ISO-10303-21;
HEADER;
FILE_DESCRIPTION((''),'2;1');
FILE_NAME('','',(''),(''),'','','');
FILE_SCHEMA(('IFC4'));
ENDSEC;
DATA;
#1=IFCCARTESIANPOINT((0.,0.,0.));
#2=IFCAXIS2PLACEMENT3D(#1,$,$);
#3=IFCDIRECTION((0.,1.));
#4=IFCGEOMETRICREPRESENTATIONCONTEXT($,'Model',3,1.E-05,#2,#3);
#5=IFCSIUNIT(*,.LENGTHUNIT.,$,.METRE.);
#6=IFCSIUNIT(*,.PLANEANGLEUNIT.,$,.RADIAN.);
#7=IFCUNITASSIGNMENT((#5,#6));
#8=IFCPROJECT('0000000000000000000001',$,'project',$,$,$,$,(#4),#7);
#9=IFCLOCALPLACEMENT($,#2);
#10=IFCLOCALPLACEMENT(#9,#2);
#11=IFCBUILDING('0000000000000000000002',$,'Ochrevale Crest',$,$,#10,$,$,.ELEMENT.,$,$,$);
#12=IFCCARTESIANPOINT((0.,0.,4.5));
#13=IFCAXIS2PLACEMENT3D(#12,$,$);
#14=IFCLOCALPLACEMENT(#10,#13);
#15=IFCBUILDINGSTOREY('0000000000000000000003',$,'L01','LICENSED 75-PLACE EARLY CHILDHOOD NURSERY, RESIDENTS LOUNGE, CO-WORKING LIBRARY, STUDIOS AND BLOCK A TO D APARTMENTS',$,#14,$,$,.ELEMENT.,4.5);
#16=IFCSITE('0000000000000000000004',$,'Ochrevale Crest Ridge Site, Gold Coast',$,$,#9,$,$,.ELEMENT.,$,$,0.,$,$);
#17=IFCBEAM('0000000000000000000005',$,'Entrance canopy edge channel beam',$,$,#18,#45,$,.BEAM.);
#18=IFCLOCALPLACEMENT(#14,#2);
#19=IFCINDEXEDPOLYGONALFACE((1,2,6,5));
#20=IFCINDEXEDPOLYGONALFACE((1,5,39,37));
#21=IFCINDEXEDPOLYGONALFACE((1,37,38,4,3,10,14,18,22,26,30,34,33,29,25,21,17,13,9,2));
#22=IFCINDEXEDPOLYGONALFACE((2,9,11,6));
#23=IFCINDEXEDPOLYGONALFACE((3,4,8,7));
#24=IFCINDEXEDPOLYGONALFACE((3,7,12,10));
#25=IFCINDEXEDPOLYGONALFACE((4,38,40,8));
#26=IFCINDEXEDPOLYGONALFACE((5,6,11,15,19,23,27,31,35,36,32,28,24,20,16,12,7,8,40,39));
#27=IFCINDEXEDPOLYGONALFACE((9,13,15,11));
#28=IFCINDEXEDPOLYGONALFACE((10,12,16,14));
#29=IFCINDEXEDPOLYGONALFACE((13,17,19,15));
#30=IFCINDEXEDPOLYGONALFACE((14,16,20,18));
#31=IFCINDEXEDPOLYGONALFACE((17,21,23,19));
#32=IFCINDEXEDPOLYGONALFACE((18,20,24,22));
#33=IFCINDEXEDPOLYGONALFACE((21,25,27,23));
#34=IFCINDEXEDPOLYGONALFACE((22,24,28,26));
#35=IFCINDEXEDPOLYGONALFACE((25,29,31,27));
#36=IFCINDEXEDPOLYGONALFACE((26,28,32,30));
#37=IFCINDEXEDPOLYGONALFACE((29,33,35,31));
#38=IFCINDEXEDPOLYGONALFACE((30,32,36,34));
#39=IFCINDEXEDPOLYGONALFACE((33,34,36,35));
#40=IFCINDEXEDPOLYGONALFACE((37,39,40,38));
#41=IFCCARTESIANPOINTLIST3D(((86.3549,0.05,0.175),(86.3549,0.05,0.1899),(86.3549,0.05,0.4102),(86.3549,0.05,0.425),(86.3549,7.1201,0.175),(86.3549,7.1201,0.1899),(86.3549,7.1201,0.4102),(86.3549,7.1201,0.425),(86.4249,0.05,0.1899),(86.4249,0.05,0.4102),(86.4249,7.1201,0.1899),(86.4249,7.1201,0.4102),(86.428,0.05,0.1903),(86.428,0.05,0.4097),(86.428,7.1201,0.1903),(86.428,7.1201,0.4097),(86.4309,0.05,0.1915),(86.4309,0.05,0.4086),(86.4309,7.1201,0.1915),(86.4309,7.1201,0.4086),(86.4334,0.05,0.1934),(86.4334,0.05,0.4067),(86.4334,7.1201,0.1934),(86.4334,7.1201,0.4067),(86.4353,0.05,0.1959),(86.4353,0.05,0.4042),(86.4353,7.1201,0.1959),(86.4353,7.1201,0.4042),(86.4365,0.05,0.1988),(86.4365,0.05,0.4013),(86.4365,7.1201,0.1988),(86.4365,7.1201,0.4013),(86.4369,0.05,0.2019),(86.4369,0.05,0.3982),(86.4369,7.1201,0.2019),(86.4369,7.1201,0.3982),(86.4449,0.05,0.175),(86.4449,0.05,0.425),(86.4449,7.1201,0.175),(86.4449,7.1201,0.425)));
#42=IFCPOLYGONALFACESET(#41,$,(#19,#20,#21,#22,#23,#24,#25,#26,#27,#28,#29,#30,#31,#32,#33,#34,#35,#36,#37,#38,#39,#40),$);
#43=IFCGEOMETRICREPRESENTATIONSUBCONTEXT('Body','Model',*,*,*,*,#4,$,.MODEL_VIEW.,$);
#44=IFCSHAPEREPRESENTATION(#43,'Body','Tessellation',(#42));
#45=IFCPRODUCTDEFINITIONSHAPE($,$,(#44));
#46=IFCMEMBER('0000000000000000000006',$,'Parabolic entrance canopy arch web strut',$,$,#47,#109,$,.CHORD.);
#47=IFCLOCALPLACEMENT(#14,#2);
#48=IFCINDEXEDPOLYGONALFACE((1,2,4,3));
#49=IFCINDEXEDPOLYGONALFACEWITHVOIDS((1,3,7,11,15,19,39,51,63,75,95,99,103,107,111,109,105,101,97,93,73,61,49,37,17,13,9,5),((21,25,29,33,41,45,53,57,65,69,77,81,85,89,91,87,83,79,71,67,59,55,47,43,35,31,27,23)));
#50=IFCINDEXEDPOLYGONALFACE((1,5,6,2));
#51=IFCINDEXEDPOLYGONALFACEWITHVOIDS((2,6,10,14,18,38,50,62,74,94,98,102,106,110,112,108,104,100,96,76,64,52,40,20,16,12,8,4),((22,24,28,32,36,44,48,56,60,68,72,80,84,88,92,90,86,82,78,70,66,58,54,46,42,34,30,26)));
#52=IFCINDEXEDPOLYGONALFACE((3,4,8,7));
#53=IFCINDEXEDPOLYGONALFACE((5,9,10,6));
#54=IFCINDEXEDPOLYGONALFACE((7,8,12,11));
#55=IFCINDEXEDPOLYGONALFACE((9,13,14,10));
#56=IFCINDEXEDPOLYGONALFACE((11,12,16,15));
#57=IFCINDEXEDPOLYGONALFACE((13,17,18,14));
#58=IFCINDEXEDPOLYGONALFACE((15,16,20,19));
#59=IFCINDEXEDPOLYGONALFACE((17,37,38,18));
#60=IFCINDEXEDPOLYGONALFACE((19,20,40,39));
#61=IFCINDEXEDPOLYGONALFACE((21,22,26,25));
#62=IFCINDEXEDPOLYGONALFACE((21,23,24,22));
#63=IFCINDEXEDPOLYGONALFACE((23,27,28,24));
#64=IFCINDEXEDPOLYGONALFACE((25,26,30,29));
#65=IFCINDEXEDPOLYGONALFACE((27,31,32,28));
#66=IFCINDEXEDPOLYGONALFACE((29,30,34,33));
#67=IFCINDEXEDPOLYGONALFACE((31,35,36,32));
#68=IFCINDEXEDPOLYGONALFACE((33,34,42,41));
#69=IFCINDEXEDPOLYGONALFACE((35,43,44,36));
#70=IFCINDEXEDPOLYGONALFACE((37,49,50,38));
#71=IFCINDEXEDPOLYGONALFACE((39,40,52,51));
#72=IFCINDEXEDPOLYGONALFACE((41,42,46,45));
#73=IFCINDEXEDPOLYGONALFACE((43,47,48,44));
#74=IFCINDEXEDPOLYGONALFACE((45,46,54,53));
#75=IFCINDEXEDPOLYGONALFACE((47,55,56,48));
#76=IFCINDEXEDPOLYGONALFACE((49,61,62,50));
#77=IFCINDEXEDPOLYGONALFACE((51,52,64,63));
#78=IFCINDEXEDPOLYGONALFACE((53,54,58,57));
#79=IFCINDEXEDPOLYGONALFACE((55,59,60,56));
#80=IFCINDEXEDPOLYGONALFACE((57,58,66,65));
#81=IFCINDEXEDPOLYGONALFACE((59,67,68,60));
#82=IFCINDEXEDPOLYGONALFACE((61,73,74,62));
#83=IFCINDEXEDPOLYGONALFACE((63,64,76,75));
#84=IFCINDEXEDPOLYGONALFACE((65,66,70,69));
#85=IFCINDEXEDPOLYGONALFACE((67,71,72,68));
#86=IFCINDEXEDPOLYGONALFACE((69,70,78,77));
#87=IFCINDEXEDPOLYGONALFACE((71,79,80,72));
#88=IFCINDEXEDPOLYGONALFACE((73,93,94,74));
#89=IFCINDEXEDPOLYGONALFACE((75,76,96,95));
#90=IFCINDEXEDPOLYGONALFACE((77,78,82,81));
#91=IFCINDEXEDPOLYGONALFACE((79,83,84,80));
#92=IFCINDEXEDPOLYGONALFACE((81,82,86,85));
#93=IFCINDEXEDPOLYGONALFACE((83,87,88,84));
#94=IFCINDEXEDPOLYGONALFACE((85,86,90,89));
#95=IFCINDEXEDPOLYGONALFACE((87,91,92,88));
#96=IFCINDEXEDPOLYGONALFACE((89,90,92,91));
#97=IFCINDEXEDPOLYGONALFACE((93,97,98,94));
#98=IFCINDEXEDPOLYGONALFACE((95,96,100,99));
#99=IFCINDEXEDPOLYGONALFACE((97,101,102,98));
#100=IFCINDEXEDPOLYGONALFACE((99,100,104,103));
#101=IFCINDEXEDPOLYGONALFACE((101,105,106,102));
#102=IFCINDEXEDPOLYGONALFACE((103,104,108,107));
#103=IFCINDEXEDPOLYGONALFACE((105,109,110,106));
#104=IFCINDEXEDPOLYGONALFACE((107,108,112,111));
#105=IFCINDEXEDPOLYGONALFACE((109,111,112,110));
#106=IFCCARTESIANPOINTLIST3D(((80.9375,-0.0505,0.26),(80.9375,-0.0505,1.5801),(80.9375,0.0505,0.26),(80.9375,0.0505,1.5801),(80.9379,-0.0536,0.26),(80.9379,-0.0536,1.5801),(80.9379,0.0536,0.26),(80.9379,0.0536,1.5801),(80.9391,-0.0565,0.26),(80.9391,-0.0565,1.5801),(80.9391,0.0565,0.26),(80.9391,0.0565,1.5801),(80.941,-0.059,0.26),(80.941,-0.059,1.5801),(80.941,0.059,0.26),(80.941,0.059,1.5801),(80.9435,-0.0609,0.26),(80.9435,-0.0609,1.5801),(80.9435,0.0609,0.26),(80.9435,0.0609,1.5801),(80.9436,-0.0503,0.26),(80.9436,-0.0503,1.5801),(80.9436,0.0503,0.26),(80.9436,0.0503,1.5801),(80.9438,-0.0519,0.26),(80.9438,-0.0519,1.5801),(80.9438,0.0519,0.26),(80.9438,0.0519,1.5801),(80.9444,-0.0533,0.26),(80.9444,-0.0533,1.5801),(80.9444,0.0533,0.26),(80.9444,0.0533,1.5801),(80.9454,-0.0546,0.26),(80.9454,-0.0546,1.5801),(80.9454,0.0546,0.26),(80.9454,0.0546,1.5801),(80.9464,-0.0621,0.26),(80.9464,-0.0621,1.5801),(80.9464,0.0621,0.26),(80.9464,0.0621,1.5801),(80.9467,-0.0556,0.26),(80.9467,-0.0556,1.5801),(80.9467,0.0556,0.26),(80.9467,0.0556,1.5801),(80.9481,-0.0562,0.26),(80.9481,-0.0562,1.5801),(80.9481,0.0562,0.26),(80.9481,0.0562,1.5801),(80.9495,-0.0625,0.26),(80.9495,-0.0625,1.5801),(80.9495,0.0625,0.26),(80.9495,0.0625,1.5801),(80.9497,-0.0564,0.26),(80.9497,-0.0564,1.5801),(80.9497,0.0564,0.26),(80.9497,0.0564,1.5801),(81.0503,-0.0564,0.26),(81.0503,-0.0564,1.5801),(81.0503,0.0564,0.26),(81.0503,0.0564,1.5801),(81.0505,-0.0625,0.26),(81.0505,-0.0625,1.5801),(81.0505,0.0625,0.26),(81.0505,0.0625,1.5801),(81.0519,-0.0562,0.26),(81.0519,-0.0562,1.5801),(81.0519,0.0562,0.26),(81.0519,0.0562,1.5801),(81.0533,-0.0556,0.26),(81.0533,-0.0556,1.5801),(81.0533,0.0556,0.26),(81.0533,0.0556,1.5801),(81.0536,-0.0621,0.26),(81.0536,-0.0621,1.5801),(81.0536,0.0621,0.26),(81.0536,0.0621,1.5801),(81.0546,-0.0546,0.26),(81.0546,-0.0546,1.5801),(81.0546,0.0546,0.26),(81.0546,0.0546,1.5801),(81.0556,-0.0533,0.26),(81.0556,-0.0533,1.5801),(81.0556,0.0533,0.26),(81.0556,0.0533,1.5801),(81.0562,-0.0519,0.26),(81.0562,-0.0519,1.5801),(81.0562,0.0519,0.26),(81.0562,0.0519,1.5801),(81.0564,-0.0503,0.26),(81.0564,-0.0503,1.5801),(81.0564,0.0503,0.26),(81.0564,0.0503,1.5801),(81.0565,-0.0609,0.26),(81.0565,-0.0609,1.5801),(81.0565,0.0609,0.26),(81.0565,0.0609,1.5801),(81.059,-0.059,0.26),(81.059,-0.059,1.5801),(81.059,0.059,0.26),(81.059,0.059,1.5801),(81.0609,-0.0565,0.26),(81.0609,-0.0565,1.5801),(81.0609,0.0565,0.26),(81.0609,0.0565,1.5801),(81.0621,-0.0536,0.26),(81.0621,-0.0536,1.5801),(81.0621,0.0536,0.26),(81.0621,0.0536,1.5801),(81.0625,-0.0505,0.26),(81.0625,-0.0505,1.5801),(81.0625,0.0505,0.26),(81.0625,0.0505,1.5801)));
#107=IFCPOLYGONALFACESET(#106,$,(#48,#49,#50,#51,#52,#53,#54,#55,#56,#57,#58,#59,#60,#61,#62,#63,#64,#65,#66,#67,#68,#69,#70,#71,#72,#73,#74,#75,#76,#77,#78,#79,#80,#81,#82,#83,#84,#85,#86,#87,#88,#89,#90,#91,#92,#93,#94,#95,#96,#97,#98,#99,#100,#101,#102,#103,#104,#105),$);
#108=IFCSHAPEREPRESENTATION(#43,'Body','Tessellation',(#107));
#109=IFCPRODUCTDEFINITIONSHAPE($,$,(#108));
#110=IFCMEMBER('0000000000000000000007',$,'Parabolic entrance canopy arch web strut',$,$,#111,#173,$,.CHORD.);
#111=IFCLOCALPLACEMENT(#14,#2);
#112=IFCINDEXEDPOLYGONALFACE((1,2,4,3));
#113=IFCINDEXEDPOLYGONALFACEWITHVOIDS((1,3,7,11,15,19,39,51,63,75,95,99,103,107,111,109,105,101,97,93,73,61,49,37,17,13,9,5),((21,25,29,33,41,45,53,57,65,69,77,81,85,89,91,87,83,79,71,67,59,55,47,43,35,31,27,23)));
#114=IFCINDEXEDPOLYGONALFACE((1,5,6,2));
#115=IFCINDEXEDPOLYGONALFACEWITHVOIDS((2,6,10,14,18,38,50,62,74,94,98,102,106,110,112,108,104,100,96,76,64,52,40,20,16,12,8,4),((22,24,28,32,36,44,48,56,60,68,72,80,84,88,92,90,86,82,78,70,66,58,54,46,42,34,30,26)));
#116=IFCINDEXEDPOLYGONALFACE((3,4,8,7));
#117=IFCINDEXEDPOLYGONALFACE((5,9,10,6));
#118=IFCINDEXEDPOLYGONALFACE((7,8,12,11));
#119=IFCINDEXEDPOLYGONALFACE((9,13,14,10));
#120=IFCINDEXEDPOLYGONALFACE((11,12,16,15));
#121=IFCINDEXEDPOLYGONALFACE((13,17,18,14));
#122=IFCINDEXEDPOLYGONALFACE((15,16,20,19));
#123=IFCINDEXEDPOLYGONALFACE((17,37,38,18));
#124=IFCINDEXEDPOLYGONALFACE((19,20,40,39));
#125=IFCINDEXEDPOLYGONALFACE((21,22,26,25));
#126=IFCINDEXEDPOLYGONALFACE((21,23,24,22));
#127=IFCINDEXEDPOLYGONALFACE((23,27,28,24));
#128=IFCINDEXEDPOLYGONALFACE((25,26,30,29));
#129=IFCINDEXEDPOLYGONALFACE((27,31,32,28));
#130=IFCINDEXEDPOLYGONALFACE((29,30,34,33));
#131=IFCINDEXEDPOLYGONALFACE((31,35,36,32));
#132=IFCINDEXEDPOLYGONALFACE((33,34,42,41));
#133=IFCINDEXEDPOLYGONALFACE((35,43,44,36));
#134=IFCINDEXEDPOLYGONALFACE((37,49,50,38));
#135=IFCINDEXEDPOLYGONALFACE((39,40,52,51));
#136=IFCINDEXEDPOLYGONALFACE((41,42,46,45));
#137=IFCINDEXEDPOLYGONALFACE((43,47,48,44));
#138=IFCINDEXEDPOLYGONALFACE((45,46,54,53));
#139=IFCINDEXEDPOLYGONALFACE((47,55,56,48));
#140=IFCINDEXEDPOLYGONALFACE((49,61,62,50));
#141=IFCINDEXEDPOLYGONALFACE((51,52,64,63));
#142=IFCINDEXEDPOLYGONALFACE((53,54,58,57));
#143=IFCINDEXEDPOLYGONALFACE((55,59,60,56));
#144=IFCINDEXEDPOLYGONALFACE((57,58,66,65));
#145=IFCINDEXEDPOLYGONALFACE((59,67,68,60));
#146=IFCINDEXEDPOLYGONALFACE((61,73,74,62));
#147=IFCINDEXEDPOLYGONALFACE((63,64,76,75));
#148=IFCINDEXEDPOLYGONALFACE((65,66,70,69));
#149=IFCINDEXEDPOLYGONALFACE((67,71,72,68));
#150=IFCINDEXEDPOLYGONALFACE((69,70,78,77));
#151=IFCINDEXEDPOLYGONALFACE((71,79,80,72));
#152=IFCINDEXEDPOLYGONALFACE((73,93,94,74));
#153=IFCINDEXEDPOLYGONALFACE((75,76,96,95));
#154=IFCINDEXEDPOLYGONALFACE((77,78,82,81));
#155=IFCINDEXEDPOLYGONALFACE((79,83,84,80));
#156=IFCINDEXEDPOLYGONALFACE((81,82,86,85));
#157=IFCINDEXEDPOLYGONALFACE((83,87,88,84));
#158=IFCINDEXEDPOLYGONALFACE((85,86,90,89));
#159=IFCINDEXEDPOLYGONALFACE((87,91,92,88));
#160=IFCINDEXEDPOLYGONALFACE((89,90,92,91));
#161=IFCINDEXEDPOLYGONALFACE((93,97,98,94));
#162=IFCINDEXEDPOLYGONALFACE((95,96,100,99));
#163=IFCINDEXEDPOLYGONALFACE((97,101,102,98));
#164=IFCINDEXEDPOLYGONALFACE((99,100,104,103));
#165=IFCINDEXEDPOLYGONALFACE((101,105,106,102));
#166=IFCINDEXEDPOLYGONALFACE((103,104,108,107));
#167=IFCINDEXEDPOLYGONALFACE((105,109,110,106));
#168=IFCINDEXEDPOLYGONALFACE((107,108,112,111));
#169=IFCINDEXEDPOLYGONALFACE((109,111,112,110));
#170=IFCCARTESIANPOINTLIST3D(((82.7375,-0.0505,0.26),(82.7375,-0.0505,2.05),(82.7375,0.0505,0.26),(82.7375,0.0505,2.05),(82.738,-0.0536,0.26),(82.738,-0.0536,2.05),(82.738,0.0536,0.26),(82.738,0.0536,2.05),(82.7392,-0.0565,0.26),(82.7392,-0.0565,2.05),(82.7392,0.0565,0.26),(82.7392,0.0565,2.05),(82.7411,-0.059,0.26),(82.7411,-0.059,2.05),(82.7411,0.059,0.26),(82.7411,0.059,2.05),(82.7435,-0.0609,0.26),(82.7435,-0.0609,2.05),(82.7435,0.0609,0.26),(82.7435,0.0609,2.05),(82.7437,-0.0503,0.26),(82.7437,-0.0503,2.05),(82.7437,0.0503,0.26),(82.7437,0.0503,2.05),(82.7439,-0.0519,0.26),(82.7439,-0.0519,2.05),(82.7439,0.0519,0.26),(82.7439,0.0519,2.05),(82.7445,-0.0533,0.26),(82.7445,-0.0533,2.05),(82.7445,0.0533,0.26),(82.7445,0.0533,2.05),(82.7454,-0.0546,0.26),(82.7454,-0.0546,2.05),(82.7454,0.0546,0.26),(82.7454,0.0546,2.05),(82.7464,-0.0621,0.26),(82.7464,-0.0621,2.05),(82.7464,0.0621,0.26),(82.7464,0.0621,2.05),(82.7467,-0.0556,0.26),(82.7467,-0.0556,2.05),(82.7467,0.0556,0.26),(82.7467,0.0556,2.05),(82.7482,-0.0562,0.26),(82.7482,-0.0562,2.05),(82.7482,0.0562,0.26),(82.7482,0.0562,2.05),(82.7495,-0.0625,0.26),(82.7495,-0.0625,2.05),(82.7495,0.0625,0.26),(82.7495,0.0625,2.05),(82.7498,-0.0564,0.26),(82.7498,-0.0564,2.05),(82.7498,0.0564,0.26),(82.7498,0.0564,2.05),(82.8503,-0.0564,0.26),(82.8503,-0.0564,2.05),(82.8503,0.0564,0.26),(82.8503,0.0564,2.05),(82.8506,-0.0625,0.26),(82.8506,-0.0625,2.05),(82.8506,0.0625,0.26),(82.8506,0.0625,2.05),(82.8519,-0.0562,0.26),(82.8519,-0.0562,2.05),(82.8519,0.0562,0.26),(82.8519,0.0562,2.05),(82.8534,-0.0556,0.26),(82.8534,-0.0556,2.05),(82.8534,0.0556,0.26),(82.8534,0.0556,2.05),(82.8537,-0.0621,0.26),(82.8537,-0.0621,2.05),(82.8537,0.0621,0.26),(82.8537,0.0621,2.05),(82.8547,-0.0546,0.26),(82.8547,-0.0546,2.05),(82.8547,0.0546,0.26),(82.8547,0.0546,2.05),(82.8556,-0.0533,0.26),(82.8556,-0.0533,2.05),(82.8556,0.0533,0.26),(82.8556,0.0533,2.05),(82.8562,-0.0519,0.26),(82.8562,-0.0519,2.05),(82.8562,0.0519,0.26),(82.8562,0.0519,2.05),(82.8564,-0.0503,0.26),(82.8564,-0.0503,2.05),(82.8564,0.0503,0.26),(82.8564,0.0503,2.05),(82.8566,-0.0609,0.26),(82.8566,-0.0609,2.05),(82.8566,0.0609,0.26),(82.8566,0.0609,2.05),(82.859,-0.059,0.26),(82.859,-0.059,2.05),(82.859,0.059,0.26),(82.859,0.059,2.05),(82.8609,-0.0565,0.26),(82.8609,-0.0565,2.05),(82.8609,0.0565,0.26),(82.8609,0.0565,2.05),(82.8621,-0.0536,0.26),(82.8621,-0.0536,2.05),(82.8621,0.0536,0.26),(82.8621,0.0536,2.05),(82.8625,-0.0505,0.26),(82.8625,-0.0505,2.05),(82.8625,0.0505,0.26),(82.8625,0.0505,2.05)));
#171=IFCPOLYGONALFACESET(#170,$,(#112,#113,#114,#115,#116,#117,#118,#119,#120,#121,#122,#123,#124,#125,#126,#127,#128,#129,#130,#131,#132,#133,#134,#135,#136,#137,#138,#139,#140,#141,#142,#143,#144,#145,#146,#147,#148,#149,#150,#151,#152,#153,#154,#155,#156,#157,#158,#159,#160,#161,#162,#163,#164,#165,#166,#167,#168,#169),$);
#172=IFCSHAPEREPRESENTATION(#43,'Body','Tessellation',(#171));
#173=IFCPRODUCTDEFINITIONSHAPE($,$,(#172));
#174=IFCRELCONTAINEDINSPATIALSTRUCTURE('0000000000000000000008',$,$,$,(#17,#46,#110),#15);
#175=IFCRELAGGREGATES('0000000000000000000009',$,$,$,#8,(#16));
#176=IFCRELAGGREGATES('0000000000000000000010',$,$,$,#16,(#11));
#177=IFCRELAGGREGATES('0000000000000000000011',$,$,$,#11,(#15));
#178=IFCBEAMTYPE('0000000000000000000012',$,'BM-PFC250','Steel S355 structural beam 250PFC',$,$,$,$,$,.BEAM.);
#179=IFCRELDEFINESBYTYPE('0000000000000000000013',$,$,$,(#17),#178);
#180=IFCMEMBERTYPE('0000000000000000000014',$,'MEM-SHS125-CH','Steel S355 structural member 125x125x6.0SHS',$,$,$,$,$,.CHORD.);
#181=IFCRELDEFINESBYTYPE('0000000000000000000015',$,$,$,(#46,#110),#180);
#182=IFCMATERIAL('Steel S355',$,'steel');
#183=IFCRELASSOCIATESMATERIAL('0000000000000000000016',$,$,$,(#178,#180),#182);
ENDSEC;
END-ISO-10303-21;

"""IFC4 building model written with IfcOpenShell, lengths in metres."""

from ifc_helpers import new_model, si_unit, direction, frame, origin, origin_2d, place, context, subcontext, project, spatial, hollow_rectangle, u_section, extrude, material, material_profile, profile_set, type_object, element, save


model = new_model("IFC4")

# Units and contexts
model_context = context("Model", 3, precision=1e-05, world=origin(), true_north=direction((0.0, 1.0)))
body_context = subcontext(model_context, "Body", "Model", "MODEL_VIEW")
ifc_project = project(units=[si_unit("LENGTHUNIT", "METRE"), si_unit("PLANEANGLEUNIT", "RADIAN")], contexts=[model_context])

# Site, building, storey
site_placement = place(None, origin())
site = spatial("IfcSite", under=ifc_project, at=site_placement, Name="Ochrevale Crest Ridge Site, Gold Coast", CompositionType="ELEMENT", RefElevation=0.0)
building_placement = place(site_placement, origin())
building = spatial("IfcBuilding", under=site, at=building_placement, Name="Ochrevale Crest", CompositionType="ELEMENT")
storey_placement = place(building_placement, frame((0.0, 0.0, 4.5)))
storey = spatial("IfcBuildingStorey", under=building, at=storey_placement, Name="L01", Description="LICENSED 75-PLACE EARLY CHILDHOOD NURSERY, RESIDENTS LOUNGE, CO-WORKING LIBRARY, STUDIOS AND BLOCK A TO D APARTMENTS", CompositionType="ELEMENT", Elevation=4.5)

# Beam
ifc_material_1 = material(Name="Steel S355", Category="steel")
ifc_material_profile_1 = material_profile(ifc_material_1, u_section(Depth=0.25, FlangeWidth=0.0901, WebThickness=0.0081, FlangeThickness=0.0149, FilletRadius=0.012, at=origin_2d()), Name="250PFC")
ifc_profile_set_1 = profile_set([ifc_material_profile_1], Name="Steel S355")
beam_type = type_object("IfcBeamType", Name="BM-PFC250", Description="Steel S355 structural beam 250PFC", PredefinedType="BEAM", material=ifc_profile_set_1)
beam_placement = place(storey_placement, frame((86.3999, 0.05, 0.3), z_axis=(0.0, 1.0, 0.0), x_axis=(-1.0, 0.0, 0.0)))
element("IfcBeam", 1, at=beam_placement, inside=storey, type_object=beam_type, Name="Entrance canopy edge channel beam", PredefinedType="BEAM", context=body_context, shape_type="SweptSolid", body=[
    extrude(u_section(Depth=0.25, FlangeWidth=0.0901, WebThickness=0.0081, FlangeThickness=0.0149, FilletRadius=0.012, at=origin_2d()), origin(), (0.0, 0.0, 1.0), 7.0701),
])

# Members
ifc_material_profile_2 = material_profile(ifc_material_1, hollow_rectangle(XDim=0.125, YDim=0.125, WallThickness=0.0061, InnerFilletRadius=0.0061, OuterFilletRadius=0.012, at=origin_2d()), Name="125x125x6.0SHS")
ifc_profile_set_2 = profile_set([ifc_material_profile_2], Name="Steel S355")
member_type = type_object("IfcMemberType", Name="MEM-SHS125-CH", Description="Steel S355 structural member 125x125x6.0SHS", PredefinedType="CHORD", material=ifc_profile_set_2)
member_1_placement = place(storey_placement, frame((81.0, 0.0, 0.26), z_axis=(0.0, 0.0, 1.0), x_axis=(1.0, 0.0, 0.0)))
element("IfcMember", 2, at=member_1_placement, inside=storey, type_object=member_type, Name="Parabolic entrance canopy arch web strut", PredefinedType="CHORD", context=body_context, shape_type="SweptSolid", body=[
    extrude(hollow_rectangle(XDim=0.125, YDim=0.125, WallThickness=0.0061, InnerFilletRadius=0.0061, OuterFilletRadius=0.012, at=origin_2d()), origin(), (0.0, 0.0, 1.0), 1.3201),
])
member_2_placement = place(storey_placement, frame((82.8, 0.0, 0.26), z_axis=(0.0, 0.0, 1.0), x_axis=(1.0, 0.0, 0.0)))
element("IfcMember", 3, at=member_2_placement, inside=storey, type_object=member_type, Name="Parabolic entrance canopy arch web strut", PredefinedType="CHORD", context=body_context, shape_type="SweptSolid", body=[
    extrude(hollow_rectangle(XDim=0.125, YDim=0.125, WallThickness=0.0061, InnerFilletRadius=0.0061, OuterFilletRadius=0.012, at=origin_2d()), origin(), (0.0, 0.0, 1.0), 1.79),
])

save(model, "model.ifc")
